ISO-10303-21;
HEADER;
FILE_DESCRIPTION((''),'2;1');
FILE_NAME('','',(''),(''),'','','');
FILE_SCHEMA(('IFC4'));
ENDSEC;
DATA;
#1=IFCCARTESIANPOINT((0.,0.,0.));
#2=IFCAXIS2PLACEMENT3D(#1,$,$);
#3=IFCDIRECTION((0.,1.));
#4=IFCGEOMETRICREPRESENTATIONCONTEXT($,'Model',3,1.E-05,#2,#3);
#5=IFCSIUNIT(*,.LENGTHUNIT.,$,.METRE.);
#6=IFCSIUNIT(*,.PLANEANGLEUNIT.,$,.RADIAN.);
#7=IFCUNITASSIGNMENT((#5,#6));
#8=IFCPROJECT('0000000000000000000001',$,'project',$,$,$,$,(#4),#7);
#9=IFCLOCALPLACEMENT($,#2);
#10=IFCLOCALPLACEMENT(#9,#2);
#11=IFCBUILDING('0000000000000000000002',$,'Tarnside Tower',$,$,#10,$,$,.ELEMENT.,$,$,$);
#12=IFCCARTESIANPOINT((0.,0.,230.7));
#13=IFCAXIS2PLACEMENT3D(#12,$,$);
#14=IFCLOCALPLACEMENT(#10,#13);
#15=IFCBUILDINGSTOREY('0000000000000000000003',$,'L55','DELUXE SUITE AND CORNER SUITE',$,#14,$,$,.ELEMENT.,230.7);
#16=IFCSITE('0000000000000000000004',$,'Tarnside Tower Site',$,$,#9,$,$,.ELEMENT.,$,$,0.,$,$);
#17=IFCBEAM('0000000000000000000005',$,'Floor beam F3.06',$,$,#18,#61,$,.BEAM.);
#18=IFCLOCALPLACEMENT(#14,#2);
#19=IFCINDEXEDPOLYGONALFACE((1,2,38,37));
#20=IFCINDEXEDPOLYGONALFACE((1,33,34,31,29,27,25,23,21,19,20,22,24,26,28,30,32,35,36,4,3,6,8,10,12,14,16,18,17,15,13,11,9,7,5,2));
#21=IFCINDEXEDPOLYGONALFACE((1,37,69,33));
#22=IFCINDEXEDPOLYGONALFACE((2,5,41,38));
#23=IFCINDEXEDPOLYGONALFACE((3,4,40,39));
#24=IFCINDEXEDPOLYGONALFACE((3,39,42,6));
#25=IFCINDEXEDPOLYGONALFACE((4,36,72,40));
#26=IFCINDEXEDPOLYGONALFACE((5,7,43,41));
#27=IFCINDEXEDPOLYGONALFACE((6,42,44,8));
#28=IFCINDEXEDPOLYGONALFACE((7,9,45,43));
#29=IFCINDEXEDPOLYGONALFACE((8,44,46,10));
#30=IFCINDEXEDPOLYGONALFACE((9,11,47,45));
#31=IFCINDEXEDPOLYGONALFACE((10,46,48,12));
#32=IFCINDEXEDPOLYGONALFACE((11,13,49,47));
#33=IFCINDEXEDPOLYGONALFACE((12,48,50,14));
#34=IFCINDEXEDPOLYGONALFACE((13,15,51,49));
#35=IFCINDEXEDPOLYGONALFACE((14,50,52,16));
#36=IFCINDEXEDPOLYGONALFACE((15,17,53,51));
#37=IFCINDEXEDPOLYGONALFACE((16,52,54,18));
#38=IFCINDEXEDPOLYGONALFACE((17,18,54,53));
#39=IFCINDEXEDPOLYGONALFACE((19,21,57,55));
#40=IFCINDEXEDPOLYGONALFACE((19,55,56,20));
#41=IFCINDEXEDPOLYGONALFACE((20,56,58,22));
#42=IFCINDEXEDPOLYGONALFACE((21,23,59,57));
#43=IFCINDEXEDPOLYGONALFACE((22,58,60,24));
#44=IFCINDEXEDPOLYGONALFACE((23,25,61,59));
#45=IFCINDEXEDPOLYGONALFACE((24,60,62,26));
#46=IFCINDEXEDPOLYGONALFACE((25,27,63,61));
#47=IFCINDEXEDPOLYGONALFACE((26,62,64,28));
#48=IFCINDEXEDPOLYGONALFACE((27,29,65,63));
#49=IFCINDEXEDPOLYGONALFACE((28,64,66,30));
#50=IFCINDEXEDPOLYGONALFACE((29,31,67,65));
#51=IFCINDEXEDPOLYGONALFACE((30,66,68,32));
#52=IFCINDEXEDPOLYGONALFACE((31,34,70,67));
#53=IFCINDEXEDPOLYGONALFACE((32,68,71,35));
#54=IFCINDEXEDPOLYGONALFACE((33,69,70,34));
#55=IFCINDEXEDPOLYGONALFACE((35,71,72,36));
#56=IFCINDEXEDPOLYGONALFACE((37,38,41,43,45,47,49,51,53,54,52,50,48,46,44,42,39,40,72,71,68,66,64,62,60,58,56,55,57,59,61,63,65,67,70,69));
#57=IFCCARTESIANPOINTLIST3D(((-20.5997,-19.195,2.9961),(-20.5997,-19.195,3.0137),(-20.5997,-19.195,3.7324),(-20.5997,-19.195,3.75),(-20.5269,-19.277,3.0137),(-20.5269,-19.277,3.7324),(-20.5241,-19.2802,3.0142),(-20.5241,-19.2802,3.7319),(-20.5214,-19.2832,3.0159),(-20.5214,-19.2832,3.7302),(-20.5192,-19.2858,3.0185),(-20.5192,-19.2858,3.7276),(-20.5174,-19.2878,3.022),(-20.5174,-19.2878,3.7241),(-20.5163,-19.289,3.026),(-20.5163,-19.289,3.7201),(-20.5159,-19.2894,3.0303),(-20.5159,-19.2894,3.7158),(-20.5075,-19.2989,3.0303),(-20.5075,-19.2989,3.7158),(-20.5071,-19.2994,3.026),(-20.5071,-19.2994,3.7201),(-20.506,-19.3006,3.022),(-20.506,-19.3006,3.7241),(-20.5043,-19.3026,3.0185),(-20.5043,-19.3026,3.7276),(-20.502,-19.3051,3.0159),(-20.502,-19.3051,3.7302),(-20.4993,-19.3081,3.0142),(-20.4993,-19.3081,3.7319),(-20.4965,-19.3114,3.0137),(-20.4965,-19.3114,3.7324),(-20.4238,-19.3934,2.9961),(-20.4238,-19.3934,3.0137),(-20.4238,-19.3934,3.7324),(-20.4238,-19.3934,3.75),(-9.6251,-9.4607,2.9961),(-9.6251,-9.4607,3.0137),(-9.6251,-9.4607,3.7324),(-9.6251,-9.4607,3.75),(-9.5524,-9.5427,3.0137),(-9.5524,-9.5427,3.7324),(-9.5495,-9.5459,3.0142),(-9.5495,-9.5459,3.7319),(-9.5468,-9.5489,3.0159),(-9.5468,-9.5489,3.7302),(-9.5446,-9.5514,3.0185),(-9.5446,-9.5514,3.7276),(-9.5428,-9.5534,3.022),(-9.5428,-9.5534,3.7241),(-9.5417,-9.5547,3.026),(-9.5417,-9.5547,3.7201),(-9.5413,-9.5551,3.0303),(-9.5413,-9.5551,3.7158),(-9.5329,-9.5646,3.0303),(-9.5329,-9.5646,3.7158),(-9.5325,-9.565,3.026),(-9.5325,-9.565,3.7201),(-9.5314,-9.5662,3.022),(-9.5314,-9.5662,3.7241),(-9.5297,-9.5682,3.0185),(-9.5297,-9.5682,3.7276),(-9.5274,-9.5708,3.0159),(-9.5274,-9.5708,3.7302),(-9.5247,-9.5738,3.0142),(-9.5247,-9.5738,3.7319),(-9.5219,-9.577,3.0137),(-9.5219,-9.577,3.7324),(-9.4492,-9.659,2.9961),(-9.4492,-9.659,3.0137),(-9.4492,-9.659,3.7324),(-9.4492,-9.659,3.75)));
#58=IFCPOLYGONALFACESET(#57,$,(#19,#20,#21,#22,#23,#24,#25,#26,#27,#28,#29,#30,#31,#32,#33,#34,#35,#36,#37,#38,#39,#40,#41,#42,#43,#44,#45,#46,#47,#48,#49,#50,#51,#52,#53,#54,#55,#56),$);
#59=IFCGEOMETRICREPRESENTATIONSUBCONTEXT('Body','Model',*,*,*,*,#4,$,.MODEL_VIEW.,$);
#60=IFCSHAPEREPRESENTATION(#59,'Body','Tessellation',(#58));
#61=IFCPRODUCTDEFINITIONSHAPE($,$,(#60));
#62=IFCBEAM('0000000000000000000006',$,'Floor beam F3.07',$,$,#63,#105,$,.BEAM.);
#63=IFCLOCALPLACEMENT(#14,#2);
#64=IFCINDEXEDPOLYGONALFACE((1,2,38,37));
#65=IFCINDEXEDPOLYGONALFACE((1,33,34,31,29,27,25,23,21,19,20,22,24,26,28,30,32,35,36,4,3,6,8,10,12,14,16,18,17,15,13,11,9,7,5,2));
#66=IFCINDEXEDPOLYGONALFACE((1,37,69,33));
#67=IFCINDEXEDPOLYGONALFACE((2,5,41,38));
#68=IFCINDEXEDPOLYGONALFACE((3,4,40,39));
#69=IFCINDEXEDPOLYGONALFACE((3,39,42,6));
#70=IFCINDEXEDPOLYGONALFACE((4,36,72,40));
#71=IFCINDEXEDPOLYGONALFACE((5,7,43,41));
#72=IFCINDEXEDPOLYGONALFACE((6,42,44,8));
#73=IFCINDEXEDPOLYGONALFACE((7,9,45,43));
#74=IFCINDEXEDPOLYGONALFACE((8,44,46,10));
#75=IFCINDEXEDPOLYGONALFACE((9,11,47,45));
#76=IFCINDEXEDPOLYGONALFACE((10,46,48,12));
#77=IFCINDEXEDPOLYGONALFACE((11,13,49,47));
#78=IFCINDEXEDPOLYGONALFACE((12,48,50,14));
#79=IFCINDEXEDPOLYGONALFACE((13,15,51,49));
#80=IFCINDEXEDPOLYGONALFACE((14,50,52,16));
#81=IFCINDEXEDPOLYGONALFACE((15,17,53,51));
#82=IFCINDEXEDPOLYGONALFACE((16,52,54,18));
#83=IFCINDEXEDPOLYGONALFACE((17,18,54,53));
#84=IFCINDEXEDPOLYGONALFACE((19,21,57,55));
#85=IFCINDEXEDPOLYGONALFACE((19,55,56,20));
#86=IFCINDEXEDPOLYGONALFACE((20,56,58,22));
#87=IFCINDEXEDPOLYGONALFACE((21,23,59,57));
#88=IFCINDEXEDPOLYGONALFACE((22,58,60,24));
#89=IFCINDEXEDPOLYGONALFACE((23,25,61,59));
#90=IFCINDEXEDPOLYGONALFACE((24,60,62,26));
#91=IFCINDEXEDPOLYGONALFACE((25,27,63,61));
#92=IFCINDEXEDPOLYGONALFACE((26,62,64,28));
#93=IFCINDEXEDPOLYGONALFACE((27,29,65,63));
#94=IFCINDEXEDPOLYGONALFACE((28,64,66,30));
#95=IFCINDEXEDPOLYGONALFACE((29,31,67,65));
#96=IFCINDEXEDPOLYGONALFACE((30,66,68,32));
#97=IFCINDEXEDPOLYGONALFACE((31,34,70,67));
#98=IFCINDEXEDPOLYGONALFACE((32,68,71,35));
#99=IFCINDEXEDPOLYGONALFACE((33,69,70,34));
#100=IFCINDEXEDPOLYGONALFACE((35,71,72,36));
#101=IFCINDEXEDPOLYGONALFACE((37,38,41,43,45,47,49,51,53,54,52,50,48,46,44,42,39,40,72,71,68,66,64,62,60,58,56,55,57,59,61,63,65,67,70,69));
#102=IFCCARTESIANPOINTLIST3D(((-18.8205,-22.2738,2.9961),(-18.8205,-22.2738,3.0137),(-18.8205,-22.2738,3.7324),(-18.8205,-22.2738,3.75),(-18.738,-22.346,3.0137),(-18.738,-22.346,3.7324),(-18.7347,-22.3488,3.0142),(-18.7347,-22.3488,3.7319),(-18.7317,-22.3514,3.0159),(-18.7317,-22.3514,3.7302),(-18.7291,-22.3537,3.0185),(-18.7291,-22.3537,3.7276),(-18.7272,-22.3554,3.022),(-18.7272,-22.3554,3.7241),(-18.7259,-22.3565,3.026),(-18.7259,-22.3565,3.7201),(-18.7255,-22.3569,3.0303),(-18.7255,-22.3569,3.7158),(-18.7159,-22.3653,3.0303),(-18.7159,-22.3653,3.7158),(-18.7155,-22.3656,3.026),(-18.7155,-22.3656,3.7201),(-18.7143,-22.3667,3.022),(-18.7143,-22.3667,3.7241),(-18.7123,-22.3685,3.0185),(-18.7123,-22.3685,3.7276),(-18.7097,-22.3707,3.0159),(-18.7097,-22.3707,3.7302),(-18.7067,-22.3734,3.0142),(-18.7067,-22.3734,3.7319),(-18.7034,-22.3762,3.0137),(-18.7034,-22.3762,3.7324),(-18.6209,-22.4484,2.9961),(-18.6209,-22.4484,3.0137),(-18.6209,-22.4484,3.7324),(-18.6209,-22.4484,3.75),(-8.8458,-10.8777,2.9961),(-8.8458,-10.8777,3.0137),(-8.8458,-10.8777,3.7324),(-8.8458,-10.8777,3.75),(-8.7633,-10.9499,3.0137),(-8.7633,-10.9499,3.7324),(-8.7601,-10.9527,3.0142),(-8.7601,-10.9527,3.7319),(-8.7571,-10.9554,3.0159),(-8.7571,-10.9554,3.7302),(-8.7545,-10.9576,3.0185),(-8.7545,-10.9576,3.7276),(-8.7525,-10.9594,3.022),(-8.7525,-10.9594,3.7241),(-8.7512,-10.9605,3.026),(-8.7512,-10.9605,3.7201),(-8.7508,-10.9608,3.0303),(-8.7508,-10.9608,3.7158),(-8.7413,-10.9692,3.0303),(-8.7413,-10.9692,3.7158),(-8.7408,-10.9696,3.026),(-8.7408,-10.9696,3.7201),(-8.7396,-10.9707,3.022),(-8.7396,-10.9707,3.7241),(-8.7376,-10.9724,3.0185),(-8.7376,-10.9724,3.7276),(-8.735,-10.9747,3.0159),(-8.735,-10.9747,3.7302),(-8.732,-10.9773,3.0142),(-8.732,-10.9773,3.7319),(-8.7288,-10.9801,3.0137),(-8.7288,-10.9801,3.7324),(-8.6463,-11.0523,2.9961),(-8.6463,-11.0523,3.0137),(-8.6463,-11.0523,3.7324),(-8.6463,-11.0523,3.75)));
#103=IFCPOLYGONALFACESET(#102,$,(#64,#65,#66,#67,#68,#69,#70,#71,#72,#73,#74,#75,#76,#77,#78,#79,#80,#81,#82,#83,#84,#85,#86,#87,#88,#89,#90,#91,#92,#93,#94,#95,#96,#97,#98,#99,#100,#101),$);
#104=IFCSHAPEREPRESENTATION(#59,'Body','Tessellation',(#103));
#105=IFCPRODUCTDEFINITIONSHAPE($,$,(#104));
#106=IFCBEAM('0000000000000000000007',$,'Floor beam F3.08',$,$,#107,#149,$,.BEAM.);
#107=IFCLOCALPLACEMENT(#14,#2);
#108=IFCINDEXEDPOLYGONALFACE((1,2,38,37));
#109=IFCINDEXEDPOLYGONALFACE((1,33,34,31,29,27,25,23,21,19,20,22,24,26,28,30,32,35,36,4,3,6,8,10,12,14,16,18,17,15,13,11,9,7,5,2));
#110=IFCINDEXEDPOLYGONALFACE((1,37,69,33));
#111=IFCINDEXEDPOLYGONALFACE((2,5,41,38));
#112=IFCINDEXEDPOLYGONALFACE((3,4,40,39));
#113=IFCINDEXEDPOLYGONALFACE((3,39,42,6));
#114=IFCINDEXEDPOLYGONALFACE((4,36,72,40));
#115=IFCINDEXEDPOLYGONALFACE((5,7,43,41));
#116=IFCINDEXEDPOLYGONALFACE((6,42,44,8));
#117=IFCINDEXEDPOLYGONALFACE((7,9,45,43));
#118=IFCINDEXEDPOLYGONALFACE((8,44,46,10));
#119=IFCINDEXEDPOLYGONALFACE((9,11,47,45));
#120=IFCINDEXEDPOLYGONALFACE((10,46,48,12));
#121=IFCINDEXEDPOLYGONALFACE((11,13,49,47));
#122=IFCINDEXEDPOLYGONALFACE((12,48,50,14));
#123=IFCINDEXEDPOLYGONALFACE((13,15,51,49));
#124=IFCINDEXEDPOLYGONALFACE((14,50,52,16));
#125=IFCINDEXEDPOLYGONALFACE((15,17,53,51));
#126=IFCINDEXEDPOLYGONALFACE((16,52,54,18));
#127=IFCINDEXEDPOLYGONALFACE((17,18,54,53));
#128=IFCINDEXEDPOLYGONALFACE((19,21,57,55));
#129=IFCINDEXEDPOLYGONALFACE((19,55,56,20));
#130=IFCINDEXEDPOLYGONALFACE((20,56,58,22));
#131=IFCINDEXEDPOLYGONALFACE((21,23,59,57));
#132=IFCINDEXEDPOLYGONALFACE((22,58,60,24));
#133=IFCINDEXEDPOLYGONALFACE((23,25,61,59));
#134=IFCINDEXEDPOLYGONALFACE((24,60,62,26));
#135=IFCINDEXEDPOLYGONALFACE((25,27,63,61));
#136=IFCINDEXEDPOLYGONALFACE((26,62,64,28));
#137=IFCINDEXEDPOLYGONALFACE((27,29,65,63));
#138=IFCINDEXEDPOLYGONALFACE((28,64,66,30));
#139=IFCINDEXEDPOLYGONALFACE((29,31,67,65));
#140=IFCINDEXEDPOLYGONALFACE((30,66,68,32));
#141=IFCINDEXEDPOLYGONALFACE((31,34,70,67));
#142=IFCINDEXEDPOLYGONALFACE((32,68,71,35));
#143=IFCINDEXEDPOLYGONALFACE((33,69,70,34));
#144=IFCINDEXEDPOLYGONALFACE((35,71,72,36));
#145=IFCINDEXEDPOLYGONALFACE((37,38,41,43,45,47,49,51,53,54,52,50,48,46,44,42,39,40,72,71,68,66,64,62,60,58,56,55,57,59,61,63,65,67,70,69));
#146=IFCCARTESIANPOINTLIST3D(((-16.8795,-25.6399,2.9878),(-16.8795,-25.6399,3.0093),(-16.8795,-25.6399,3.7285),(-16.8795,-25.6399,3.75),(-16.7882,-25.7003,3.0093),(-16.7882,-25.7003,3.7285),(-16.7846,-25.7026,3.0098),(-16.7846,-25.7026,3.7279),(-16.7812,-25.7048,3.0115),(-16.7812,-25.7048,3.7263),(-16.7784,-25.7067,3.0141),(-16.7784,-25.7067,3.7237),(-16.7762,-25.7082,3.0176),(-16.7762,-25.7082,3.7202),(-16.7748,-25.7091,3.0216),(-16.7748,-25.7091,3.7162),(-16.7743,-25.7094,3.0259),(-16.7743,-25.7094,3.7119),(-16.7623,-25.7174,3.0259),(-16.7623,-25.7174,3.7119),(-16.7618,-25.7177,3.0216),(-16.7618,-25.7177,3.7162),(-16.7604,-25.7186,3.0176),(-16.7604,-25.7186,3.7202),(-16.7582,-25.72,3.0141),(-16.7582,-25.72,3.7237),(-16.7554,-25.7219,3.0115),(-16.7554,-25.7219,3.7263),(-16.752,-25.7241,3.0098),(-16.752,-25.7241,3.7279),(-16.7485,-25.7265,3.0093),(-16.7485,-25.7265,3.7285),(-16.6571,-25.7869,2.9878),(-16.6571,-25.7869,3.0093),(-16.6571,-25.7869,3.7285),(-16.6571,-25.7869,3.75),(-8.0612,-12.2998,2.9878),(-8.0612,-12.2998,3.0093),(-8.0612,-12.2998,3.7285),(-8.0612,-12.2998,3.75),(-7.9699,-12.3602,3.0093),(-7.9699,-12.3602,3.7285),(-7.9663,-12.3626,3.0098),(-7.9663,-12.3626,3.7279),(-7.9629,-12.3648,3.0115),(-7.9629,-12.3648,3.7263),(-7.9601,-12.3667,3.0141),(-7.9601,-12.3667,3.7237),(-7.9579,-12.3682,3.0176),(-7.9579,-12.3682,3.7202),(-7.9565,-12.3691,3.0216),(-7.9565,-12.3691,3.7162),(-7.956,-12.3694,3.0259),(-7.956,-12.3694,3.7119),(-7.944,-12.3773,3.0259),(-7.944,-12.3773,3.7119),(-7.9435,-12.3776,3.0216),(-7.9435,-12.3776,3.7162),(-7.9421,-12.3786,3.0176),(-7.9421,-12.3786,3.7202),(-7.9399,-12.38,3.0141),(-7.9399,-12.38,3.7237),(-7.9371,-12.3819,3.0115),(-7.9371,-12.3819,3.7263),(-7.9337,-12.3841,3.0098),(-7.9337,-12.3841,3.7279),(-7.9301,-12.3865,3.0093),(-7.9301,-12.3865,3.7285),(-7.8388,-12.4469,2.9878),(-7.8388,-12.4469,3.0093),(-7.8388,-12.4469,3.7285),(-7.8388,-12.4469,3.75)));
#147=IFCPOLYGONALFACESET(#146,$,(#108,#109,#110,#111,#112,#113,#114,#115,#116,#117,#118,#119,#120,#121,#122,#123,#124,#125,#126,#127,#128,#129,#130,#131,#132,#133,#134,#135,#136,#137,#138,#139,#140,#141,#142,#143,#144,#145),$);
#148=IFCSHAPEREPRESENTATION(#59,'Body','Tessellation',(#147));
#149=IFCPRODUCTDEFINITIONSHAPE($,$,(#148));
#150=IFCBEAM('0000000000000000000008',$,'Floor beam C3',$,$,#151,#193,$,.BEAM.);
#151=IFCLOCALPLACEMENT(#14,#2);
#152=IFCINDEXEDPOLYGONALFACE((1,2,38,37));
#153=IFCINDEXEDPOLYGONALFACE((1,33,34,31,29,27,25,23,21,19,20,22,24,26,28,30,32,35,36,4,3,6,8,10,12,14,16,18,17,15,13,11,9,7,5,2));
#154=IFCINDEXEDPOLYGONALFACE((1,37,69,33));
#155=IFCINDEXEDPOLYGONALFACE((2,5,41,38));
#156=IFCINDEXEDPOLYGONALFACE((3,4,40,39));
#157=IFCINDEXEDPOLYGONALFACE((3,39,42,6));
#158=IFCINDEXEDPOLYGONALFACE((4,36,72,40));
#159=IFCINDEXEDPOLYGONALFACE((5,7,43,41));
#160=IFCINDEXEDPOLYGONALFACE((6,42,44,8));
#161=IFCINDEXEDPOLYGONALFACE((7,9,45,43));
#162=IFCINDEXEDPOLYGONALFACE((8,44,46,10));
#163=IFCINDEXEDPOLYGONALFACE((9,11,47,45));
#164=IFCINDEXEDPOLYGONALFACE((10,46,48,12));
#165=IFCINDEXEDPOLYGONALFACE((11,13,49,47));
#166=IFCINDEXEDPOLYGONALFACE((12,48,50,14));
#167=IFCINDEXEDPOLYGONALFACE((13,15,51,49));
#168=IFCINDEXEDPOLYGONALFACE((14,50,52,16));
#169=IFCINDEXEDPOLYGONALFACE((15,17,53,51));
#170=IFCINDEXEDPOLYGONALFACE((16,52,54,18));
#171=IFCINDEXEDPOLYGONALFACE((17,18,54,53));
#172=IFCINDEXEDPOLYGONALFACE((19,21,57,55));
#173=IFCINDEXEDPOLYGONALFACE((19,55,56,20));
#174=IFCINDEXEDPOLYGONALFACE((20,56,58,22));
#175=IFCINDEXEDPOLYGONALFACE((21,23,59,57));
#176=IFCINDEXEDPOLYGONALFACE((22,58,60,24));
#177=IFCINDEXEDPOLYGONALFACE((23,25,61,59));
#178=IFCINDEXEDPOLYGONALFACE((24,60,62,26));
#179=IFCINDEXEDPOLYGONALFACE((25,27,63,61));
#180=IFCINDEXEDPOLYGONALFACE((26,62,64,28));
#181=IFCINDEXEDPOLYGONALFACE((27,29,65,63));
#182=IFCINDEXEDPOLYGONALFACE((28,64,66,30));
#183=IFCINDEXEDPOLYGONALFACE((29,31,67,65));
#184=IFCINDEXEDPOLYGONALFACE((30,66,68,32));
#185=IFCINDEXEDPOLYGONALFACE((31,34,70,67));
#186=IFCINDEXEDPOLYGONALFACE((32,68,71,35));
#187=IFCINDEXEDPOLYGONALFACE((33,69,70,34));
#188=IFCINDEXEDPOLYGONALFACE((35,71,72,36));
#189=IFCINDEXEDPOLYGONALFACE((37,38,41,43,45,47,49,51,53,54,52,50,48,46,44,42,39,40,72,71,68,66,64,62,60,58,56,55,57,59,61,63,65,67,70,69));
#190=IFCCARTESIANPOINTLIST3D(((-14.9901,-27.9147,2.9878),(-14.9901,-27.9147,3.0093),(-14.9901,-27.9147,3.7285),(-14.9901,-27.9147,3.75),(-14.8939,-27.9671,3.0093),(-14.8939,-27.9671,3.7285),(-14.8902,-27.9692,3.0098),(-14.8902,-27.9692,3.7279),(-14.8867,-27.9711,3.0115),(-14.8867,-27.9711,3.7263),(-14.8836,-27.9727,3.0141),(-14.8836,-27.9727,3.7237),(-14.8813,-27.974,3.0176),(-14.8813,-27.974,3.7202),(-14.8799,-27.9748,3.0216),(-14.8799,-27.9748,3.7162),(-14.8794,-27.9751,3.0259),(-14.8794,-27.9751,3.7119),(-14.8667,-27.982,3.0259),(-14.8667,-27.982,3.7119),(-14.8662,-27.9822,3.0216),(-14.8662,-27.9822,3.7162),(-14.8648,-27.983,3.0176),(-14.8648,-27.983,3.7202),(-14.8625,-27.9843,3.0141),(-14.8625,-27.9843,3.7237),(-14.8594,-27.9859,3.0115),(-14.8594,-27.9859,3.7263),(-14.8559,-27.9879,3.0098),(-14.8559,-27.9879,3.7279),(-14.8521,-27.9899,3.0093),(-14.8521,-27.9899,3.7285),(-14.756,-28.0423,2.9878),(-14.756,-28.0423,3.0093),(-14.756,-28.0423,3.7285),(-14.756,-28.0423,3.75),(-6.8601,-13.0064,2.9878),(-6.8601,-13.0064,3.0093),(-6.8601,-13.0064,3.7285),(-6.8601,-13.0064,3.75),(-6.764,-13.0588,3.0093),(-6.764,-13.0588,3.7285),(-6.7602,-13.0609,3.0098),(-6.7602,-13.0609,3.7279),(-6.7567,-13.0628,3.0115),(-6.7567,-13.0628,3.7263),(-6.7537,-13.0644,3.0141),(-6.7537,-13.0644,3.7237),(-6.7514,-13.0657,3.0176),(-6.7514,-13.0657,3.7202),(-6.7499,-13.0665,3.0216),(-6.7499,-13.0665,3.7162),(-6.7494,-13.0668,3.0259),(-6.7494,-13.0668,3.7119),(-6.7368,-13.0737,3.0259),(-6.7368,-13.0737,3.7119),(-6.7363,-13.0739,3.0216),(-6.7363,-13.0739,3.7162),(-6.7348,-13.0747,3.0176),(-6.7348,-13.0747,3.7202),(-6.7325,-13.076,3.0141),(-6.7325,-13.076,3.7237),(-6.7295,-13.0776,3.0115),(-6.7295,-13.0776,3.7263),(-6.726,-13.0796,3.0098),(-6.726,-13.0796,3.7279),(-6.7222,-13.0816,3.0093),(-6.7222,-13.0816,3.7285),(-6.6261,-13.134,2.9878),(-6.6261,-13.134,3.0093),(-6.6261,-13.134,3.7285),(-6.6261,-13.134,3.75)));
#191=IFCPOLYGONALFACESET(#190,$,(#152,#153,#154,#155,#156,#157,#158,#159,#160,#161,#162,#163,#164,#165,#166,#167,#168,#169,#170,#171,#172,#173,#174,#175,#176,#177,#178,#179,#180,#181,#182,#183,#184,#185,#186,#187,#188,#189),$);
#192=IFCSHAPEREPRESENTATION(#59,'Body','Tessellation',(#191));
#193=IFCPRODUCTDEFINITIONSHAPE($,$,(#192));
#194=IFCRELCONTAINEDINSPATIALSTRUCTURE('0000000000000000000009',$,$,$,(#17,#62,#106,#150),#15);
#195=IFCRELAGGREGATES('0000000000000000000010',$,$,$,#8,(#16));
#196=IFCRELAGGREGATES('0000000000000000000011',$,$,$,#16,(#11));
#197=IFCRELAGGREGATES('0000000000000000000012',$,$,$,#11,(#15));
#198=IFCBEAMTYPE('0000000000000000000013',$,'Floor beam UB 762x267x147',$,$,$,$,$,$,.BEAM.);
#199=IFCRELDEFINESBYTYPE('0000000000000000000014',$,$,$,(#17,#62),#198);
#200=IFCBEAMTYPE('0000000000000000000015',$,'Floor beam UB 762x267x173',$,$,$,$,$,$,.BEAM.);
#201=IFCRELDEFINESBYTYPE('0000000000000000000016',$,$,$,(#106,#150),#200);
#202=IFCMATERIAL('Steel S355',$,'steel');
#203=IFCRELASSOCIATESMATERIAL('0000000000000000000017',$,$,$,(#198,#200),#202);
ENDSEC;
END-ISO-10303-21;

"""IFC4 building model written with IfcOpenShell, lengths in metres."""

from ifc_helpers import new_model, si_unit, direction, frame, origin, origin_2d, place, context, subcontext, project, spatial, i_section, extrude, material, material_profile, profile_set, type_object, element, save


model = new_model("IFC4")

# Units and contexts
model_context = context("Model", 3, precision=1e-05, world=origin(), true_north=direction((0.0, 1.0)))
body_context = subcontext(model_context, "Body", "Model", "MODEL_VIEW")
ifc_project = project(units=[si_unit("LENGTHUNIT", "METRE"), si_unit("PLANEANGLEUNIT", "RADIAN")], contexts=[model_context])

# Site, building, storey
site_placement = place(None, origin())
site = spatial("IfcSite", under=ifc_project, at=site_placement, Name="Tarnside Tower Site", CompositionType="ELEMENT", RefElevation=0.0)
building_placement = place(site_placement, origin())
building = spatial("IfcBuilding", under=site, at=building_placement, Name="Tarnside Tower", CompositionType="ELEMENT")
storey_placement = place(building_placement, frame((0.0, 0.0, 230.7)))
storey = spatial("IfcBuildingStorey", under=building, at=storey_placement, Name="L55", Description="DELUXE SUITE AND CORNER SUITE", CompositionType="ELEMENT", Elevation=230.7)

# Beams
ifc_material_1 = material(Name="Steel S355", Category="steel")
ifc_material_profile_1 = material_profile(ifc_material_1, i_section(OverallWidth=0.2651, OverallDepth=0.7539, WebThickness=0.0127, FlangeThickness=0.0176, FilletRadius=0.0166, at=origin_2d()), Name="UB 762x267x147")
ifc_profile_set_1 = profile_set([ifc_material_profile_1], Name="Steel S355")
beam_type_1 = type_object("IfcBeamType", Name="Floor beam UB 762x267x147", PredefinedType="BEAM", material=ifc_profile_set_1)
beam_1_placement = place(storey_placement, frame((-20.5117, -19.2942, 3.373), z_axis=(0.748114, 0.66357, 0.0), x_axis=(-0.66357, 0.748114, 0.0)))
element("IfcBeam", 1, at=beam_1_placement, inside=storey, type_object=beam_type_1, Name="Floor beam F3.06", PredefinedType="BEAM", context=body_context, shape_type="SweptSolid", body=[
    extrude(i_section(OverallWidth=0.2651, OverallDepth=0.7539, WebThickness=0.0127, FlangeThickness=0.0176, FilletRadius=0.0166, at=origin_2d()), origin(), (0.0, 0.0, 1.0), 14.6697),
])
beam_2_placement = place(storey_placement, frame((-18.7207, -22.3611, 3.373), z_axis=(0.658621, 0.752475, 0.0), x_axis=(-0.752475, 0.658621, 0.0)))
element("IfcBeam", 2, at=beam_2_placement, inside=storey, type_object=beam_type_1, Name="Floor beam F3.07", PredefinedType="BEAM", context=body_context, shape_type="SweptSolid", body=[
    extrude(i_section(OverallWidth=0.2651, OverallDepth=0.7539, WebThickness=0.0127, FlangeThickness=0.0176, FilletRadius=0.0166, at=origin_2d()), origin(), (0.0, 0.0, 1.0), 15.1448),
])
ifc_material_profile_2 = material_profile(ifc_material_1, i_section(OverallWidth=0.2666, OverallDepth=0.7622, WebThickness=0.0144, FlangeThickness=0.0215, FilletRadius=0.0166, at=origin_2d()), Name="UB 762x267x173")
ifc_profile_set_2 = profile_set([ifc_material_profile_2], Name="Steel S355")
beam_type_2 = type_object("IfcBeamType", Name="Floor beam UB 762x267x173", PredefinedType="BEAM", material=ifc_profile_set_2)
beam_3_placement = place(storey_placement, frame((-16.7683, -25.7134, 3.3689), z_axis=(0.551448, 0.83421, 0.0), x_axis=(-0.83421, 0.551448, 0.0)))
element("IfcBeam", 3, at=beam_3_placement, inside=storey, type_object=beam_type_2, Name="Floor beam F3.08", PredefinedType="BEAM", context=body_context, shape_type="SweptSolid", body=[
    extrude(i_section(OverallWidth=0.2666, OverallDepth=0.7622, WebThickness=0.0144, FlangeThickness=0.0215, FilletRadius=0.0166, at=origin_2d()), origin(), (0.0, 0.0, 1.0), 15.9912),
])
beam_4_placement = place(storey_placement, frame((-14.873, -27.9785, 3.3689), z_axis=(0.478768, 0.877942, 0.0), x_axis=(-0.877942, 0.478768, 0.0)))
element("IfcBeam", 4, at=beam_4_placement, inside=storey, type_object=beam_type_2, Name="Floor beam C3", PredefinedType="BEAM", context=body_context, shape_type="SweptSolid", body=[
    extrude(i_section(OverallWidth=0.2666, OverallDepth=0.7622, WebThickness=0.0144, FlangeThickness=0.0215, FilletRadius=0.0166, at=origin_2d()), origin(), (0.0, 0.0, 1.0), 16.981),
])

save(model, "model.ifc")
